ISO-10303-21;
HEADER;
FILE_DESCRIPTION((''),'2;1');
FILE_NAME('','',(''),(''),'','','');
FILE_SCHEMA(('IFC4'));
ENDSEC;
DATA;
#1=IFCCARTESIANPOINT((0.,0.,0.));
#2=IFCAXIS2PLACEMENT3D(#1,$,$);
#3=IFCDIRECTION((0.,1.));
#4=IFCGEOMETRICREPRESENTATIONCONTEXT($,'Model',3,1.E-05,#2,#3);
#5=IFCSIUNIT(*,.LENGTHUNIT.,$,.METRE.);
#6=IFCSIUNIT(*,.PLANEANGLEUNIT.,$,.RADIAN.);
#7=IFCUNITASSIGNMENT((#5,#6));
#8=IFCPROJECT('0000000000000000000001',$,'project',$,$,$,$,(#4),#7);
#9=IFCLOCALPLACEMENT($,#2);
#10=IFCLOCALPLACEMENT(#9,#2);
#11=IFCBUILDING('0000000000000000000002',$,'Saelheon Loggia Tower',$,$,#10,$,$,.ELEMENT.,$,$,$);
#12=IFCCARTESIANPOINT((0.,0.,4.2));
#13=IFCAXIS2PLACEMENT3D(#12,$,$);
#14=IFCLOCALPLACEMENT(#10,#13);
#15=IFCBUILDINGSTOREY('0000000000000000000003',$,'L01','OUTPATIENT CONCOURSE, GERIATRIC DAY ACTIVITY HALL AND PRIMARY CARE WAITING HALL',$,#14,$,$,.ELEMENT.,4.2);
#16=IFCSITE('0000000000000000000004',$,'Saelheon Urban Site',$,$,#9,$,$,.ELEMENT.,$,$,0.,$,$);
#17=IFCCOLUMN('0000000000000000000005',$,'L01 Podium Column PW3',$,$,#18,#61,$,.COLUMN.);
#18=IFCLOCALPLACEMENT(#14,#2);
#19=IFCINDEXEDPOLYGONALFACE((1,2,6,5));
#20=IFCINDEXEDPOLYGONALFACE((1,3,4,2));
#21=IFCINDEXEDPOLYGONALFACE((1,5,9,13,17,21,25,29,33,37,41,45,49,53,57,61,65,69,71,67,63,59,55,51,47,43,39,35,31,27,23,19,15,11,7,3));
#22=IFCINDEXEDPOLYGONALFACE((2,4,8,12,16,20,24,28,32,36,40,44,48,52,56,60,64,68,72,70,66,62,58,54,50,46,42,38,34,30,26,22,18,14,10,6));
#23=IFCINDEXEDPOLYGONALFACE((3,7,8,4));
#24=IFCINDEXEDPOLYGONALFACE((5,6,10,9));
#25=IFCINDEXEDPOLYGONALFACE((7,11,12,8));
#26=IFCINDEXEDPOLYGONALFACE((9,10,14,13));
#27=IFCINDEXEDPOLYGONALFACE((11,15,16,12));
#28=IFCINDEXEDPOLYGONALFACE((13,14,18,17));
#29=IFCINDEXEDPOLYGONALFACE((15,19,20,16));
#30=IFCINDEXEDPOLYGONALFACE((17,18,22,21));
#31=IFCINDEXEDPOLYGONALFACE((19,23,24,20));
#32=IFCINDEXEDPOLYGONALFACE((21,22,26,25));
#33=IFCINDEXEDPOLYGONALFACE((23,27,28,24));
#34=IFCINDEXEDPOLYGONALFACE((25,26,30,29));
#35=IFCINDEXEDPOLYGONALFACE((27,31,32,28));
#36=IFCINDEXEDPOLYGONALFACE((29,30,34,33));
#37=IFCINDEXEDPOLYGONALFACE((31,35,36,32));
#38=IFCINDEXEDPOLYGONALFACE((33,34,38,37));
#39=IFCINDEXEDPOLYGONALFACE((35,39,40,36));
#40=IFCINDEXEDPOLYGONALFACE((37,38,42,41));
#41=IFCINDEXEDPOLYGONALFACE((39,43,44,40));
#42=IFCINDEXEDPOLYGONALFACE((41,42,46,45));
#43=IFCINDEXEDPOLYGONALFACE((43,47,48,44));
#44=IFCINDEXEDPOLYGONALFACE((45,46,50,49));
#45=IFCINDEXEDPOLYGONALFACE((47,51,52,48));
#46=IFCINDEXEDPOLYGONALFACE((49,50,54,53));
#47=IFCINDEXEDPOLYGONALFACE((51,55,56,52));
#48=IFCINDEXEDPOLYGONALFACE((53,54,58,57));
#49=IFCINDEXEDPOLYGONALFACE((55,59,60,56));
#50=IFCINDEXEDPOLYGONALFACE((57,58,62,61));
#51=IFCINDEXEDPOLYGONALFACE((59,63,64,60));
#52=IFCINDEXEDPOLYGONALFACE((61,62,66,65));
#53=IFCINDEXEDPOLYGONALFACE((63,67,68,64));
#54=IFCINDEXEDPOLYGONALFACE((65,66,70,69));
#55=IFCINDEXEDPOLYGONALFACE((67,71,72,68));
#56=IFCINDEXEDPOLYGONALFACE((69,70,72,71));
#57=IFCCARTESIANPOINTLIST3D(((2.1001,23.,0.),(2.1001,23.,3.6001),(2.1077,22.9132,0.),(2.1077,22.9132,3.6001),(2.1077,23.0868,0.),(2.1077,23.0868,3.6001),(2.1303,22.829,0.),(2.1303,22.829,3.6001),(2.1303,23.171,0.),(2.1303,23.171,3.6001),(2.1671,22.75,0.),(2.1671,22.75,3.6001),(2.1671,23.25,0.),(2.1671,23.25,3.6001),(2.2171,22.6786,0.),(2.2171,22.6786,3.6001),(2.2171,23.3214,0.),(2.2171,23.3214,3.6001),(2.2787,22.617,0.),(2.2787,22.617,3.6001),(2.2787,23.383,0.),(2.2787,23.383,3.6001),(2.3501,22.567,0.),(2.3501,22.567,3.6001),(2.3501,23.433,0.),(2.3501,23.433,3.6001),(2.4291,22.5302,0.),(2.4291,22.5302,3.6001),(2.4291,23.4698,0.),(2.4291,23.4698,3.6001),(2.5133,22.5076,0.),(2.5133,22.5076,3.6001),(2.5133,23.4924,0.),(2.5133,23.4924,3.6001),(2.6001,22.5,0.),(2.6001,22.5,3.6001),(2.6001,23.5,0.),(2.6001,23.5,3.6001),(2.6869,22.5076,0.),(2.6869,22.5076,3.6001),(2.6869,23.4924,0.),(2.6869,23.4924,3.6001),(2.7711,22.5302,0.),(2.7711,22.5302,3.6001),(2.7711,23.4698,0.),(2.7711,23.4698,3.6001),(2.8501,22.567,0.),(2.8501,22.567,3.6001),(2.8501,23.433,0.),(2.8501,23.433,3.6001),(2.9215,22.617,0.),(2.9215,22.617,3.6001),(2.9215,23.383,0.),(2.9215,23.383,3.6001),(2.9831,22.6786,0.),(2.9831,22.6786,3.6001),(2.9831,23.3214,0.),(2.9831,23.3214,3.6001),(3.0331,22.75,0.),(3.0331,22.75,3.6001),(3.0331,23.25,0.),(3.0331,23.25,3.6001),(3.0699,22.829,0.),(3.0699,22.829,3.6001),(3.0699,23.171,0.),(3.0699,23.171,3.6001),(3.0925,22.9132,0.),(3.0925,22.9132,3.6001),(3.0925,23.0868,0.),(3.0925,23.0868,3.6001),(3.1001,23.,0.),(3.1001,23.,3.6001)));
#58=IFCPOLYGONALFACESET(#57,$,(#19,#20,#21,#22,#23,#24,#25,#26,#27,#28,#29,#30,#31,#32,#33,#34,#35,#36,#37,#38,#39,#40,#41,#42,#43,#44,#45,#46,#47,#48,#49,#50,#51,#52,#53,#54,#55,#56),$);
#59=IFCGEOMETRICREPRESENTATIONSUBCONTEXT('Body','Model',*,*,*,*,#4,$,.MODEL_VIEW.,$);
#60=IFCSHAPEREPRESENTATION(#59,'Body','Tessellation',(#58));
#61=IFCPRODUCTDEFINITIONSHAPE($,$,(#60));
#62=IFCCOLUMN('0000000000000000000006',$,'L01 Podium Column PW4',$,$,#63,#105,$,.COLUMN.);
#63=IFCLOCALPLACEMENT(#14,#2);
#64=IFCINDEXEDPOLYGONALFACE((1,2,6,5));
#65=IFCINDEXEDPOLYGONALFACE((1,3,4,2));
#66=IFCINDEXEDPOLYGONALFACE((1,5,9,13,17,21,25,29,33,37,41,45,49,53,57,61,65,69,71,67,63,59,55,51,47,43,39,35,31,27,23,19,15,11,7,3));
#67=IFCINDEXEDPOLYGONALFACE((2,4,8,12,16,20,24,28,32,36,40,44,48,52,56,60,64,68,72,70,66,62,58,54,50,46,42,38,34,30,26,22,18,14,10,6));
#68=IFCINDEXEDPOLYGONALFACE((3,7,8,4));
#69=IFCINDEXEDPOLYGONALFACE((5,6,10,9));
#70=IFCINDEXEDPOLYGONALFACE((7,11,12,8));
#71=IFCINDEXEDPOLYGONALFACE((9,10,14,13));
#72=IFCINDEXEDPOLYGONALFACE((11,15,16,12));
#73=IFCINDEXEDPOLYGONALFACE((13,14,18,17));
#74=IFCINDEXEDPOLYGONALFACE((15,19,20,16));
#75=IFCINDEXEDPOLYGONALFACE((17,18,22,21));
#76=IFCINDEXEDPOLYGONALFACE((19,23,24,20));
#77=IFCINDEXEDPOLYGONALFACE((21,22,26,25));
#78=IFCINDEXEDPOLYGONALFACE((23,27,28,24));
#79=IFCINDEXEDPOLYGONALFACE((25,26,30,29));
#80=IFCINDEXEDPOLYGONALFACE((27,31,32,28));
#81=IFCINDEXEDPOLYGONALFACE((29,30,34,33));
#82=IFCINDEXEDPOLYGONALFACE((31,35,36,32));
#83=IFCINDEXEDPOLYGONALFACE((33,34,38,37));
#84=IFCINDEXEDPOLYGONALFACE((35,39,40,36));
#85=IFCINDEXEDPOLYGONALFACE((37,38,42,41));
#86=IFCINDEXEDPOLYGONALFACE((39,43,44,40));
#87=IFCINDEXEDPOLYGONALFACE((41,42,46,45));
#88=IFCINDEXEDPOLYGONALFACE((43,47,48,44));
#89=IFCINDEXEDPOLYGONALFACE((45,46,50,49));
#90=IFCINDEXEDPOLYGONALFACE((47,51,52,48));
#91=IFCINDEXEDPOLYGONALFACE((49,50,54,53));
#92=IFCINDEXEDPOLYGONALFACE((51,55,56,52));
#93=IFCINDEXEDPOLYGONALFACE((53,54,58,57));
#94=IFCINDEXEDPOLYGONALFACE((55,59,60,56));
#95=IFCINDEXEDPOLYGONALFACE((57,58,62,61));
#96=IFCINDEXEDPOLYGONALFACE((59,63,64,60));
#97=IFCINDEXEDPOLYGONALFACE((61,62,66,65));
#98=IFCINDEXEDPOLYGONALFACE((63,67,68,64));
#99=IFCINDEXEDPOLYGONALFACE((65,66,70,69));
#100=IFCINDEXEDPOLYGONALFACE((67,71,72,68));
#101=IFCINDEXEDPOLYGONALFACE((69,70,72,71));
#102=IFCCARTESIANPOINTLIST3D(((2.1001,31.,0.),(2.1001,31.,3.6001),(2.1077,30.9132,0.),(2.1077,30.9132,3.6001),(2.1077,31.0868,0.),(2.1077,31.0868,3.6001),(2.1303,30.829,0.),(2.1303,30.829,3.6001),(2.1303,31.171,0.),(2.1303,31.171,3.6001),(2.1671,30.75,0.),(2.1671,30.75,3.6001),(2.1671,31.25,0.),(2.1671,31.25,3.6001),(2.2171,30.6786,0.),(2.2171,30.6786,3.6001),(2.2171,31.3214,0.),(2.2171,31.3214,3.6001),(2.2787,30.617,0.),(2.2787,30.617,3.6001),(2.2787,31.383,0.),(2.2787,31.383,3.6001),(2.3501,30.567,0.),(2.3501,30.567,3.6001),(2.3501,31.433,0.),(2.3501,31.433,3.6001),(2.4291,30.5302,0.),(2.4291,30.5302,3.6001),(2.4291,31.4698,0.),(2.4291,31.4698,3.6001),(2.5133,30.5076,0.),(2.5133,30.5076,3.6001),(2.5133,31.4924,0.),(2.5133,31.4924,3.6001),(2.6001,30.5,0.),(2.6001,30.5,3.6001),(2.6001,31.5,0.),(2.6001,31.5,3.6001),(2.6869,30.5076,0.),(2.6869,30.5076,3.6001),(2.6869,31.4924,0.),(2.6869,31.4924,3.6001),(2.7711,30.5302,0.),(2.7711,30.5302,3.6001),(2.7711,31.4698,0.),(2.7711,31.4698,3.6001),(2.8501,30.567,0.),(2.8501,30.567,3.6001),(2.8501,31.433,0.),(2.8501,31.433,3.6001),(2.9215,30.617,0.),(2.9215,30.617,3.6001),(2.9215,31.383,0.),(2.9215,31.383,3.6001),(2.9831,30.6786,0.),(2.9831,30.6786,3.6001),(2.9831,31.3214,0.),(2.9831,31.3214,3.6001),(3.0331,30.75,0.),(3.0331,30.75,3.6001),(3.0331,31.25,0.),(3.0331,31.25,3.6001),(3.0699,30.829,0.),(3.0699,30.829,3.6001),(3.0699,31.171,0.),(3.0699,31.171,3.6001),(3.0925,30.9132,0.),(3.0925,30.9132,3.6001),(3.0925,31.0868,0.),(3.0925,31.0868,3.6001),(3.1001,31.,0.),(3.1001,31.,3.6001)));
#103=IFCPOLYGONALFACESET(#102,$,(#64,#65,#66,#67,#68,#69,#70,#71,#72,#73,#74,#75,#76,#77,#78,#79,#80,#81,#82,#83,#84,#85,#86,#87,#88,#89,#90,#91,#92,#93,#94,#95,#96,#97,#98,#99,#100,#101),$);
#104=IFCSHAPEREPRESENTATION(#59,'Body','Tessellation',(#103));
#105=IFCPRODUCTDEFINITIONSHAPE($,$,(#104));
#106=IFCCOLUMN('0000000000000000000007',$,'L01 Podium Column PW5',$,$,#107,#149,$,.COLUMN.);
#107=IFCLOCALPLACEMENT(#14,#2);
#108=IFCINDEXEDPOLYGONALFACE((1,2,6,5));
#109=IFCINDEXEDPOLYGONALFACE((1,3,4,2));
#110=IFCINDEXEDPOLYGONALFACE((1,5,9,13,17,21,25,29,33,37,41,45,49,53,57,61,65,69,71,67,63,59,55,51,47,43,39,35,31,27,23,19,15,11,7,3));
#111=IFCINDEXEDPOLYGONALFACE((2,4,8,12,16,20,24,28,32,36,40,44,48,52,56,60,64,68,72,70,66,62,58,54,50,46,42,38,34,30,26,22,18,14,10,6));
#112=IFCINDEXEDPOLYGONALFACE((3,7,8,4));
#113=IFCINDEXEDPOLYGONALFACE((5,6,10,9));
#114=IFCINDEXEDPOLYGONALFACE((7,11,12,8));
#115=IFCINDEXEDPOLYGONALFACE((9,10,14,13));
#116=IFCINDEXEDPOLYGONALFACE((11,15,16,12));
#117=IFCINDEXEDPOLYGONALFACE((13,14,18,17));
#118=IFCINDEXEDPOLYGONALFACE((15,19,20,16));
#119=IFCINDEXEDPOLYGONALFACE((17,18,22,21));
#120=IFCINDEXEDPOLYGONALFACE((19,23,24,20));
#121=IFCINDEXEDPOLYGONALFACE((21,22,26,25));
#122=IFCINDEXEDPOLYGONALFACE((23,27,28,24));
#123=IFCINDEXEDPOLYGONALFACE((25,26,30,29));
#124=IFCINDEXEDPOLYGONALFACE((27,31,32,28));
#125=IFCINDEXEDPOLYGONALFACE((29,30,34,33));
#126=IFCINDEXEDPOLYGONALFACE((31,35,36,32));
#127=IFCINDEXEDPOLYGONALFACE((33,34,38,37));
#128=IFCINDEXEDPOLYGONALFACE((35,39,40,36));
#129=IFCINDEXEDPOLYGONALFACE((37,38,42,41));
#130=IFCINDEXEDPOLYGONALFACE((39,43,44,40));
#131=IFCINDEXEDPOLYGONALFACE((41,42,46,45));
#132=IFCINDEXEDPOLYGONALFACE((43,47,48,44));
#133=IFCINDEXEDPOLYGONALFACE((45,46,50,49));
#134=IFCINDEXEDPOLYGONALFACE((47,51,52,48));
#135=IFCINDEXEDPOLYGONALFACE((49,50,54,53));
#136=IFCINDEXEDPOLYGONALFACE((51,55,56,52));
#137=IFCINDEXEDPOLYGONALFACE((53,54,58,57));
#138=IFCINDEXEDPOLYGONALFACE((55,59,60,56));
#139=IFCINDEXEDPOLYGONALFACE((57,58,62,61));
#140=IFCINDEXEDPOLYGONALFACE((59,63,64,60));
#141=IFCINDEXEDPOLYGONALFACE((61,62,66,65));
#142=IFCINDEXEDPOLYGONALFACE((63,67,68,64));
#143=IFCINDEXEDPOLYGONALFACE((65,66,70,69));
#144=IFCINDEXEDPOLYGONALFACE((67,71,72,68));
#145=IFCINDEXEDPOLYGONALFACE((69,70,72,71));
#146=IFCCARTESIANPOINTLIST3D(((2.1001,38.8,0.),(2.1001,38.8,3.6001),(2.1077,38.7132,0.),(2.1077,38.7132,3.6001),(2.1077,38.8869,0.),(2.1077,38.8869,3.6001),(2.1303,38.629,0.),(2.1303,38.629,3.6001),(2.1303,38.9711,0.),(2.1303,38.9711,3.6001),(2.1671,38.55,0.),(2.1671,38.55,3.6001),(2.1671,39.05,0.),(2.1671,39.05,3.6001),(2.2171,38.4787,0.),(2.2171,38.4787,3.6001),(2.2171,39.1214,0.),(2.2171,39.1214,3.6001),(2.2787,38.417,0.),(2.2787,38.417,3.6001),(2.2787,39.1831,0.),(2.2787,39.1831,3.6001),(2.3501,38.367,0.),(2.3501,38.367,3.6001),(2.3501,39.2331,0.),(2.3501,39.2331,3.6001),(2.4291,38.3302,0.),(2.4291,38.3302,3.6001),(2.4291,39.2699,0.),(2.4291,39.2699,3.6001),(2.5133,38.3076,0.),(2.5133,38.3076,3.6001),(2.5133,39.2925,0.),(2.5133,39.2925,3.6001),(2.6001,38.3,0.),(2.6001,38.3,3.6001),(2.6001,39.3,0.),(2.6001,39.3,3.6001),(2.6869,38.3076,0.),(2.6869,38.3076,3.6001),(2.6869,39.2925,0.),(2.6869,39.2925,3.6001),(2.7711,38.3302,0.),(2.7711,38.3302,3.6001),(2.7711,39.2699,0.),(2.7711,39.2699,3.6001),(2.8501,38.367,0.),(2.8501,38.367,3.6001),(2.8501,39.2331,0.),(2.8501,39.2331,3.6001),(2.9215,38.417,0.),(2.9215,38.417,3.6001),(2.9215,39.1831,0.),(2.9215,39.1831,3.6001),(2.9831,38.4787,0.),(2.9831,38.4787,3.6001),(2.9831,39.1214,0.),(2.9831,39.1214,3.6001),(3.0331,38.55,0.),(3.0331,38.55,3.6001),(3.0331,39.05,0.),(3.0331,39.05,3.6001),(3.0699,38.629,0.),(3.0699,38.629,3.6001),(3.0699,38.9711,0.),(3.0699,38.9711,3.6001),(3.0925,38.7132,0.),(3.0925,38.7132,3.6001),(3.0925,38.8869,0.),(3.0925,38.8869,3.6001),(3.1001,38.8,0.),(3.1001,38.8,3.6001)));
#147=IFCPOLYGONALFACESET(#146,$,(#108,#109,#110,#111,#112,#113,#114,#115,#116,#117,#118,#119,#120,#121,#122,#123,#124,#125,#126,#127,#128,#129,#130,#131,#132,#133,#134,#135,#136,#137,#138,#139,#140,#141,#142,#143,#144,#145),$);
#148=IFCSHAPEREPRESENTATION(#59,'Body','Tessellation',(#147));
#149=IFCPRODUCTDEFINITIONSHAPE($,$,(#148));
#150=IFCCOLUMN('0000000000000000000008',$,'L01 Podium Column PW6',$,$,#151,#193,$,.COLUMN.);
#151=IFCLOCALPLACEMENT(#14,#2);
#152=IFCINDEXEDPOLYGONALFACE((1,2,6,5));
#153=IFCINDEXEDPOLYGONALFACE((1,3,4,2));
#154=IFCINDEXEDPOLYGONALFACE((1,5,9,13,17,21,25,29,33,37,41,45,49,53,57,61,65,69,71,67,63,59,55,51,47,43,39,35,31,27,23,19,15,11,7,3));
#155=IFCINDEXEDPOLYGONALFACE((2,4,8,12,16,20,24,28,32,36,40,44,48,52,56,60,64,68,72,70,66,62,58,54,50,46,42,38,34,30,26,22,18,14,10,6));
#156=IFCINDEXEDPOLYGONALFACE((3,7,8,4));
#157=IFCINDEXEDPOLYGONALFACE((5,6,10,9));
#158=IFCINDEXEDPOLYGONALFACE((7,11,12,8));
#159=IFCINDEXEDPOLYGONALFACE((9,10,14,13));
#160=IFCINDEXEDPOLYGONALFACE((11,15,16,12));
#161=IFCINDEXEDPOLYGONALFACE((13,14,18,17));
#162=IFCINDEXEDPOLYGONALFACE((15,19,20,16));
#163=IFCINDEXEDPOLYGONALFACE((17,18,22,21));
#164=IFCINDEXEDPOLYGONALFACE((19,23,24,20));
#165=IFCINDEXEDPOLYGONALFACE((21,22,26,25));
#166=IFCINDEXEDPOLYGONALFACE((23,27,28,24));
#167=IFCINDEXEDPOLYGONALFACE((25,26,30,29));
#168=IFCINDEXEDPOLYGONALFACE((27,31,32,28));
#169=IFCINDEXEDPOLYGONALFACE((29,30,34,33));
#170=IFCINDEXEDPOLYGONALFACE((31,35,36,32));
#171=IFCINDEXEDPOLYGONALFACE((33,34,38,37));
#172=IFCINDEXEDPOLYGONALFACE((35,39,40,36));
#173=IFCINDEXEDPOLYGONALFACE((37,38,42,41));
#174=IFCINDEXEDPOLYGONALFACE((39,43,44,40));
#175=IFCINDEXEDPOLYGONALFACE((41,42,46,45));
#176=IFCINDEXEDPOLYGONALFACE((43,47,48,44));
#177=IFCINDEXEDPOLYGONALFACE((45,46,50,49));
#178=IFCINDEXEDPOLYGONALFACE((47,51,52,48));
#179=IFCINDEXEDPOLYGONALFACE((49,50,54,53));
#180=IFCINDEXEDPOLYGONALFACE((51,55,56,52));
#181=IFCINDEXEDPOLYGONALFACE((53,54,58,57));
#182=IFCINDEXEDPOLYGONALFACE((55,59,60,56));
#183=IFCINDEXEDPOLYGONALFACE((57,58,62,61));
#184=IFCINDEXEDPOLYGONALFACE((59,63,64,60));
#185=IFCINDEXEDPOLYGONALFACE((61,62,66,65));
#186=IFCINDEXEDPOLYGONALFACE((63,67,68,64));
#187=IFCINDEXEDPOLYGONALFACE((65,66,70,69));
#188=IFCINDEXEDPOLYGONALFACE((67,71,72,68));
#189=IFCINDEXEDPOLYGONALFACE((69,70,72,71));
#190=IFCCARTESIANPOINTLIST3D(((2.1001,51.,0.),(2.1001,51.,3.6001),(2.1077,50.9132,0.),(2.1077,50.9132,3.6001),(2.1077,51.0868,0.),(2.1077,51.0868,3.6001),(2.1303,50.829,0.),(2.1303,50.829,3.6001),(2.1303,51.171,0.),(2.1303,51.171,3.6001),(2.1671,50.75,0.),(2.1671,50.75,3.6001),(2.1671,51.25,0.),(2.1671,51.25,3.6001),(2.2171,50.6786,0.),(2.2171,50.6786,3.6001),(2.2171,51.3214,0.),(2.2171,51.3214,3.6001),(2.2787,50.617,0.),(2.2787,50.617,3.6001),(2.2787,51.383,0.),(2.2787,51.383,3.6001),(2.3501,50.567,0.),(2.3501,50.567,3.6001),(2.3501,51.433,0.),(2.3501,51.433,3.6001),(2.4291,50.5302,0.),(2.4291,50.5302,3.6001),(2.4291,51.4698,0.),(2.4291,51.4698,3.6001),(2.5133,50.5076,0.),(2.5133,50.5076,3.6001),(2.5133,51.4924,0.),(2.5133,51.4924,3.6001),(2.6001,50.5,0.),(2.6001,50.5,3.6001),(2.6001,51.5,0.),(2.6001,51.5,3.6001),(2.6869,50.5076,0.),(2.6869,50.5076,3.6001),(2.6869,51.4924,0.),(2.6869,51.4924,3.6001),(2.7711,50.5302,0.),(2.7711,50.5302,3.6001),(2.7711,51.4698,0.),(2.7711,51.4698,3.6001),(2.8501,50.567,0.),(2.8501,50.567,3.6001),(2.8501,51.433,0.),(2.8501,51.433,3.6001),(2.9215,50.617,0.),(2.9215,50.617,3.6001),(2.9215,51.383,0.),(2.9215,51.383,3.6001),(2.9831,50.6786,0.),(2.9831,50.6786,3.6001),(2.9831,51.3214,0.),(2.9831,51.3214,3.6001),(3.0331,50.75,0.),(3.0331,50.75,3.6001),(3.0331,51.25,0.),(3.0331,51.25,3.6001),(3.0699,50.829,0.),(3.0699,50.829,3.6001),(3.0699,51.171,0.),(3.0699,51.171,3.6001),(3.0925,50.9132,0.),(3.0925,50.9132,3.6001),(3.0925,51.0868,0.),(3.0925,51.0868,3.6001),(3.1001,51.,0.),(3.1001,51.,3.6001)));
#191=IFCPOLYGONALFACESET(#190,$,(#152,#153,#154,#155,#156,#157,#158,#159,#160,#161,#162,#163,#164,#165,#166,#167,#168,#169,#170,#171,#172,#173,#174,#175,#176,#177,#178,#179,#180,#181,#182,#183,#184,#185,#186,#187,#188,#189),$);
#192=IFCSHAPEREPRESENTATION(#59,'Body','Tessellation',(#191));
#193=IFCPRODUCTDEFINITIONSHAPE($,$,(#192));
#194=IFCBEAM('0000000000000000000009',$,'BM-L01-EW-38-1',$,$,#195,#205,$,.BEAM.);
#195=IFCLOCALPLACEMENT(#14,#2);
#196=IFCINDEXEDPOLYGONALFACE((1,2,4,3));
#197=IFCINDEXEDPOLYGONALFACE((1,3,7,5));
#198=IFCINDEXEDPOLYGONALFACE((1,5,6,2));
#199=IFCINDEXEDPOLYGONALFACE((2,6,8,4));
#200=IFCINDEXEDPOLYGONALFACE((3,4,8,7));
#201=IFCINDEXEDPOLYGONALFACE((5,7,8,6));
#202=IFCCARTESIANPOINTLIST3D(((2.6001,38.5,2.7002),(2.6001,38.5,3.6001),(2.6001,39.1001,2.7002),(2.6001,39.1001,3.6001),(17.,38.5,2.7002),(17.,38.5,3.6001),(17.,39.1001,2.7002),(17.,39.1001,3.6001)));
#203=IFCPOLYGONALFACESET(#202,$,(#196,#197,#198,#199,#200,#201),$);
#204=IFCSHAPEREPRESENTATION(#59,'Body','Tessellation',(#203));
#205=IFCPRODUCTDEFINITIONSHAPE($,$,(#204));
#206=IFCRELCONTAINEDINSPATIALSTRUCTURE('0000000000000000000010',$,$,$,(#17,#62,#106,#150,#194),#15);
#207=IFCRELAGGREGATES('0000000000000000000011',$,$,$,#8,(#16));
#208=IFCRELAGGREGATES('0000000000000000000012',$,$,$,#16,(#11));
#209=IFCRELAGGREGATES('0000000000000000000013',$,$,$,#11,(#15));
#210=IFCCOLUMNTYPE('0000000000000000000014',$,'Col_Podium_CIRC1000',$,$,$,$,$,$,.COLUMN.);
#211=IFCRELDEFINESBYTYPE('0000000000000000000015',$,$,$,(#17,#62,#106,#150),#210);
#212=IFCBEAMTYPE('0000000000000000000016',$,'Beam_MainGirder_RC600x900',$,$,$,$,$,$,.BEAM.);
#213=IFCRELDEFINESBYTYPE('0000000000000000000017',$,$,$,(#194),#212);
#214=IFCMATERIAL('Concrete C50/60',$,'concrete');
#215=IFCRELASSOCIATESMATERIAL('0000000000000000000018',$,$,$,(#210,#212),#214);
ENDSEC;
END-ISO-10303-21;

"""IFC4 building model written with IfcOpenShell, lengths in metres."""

from ifc_helpers import new_model, si_unit, direction, frame, origin, origin_2d, place, context, subcontext, project, spatial, rectangle, circle, extrude, source, transform, mapped, material, material_profile, profile_set, type_object, element, save


model = new_model("IFC4")

# Units and contexts
model_context = context("Model", 3, precision=1e-05, world=origin(), true_north=direction((0.0, 1.0)))
body_context = subcontext(model_context, "Body", "Model", "MODEL_VIEW")
ifc_project = project(units=[si_unit("LENGTHUNIT", "METRE"), si_unit("PLANEANGLEUNIT", "RADIAN")], contexts=[model_context])

# Site, building, storey
site_placement = place(None, origin())
site = spatial("IfcSite", under=ifc_project, at=site_placement, Name="Saelheon Urban Site", CompositionType="ELEMENT", RefElevation=0.0)
building_placement = place(site_placement, origin())
building = spatial("IfcBuilding", under=site, at=building_placement, Name="Saelheon Loggia Tower", CompositionType="ELEMENT")
storey_placement = place(building_placement, frame((0.0, 0.0, 4.2)))
storey = spatial("IfcBuildingStorey", under=building, at=storey_placement, Name="L01", Description="OUTPATIENT CONCOURSE, GERIATRIC DAY ACTIVITY HALL AND PRIMARY CARE WAITING HALL", CompositionType="ELEMENT", Elevation=4.2)

# Columns
ifc_material_1 = material(Name="Concrete C50/60", Category="concrete")
ifc_material_profile_1 = material_profile(ifc_material_1, circle(Radius=0.5, at=origin_2d()), Name="CIRC-1000")
ifc_profile_set_1 = profile_set([ifc_material_profile_1], Name="Concrete C50/60")
column_type = type_object("IfcColumnType", Name="Col_Podium_CIRC1000", PredefinedType="COLUMN", material=ifc_profile_set_1)
shared_shape_1 = source(origin(), body_context, "Body", "SweptSolid", [
    extrude(circle(Radius=0.5, at=origin_2d()), origin(), (0.0, 0.0, 1.0), 3.6001),
])
for number, where, z_axis, x_axis, name in (
    (1, (2.6001, 23.0, 0.0), (0.0, 0.0, 1.0), (1.0, 0.0, 0.0), "L01 Podium Column PW3"),
    (2, (2.6001, 31.0, 0.0), (0.0, 0.0, 1.0), (1.0, 0.0, 0.0), "L01 Podium Column PW4"),
    (3, (2.6001, 38.8, 0.0), (0.0, 0.0, 1.0), (1.0, 0.0, 0.0), "L01 Podium Column PW5"),
    (4, (2.6001, 51.0, 0.0), (0.0, 0.0, 1.0), (1.0, 0.0, 0.0), "L01 Podium Column PW6"),
):
    element("IfcColumn", number, at=place(storey_placement, frame(where, z_axis=z_axis, x_axis=x_axis)), inside=storey, type_object=column_type, Name=name, PredefinedType="COLUMN", context=body_context, shape_type="MappedRepresentation", body=[
        mapped(shared_shape_1, transform((0.0, 0.0, 0.0), scale=1.0)),
    ])

# Beam
ifc_material_profile_2 = material_profile(ifc_material_1, rectangle(XDim=0.6001, YDim=0.8999, at=origin_2d()), Name="RC-600x900")
ifc_profile_set_2 = profile_set([ifc_material_profile_2], Name="Concrete C50/60")
beam_type_1 = type_object("IfcBeamType", Name="Beam_MainGirder_RC600x900", PredefinedType="BEAM", material=ifc_profile_set_2)
shared_shape_2 = source(origin(), body_context, "Body", "SweptSolid", [
    extrude(rectangle(XDim=0.6001, YDim=0.8999, at=origin_2d()), origin(), (0.0, 0.0, 1.0), 14.3999),
])
beam_1_placement = place(storey_placement, frame((2.6001, 38.8, 3.1501), z_axis=(1.0, 0.0, 0.0), x_axis=(0.0, 1.0, 0.0)))
element("IfcBeam", 5, at=beam_1_placement, inside=storey, type_object=beam_type_1, Name="BM-L01-EW-38-1", PredefinedType="BEAM", context=body_context, shape_type="MappedRepresentation", body=[
    mapped(shared_shape_2, transform((0.0, 0.0, 0.0), scale=1.0)),
])

save(model, "model.ifc")
